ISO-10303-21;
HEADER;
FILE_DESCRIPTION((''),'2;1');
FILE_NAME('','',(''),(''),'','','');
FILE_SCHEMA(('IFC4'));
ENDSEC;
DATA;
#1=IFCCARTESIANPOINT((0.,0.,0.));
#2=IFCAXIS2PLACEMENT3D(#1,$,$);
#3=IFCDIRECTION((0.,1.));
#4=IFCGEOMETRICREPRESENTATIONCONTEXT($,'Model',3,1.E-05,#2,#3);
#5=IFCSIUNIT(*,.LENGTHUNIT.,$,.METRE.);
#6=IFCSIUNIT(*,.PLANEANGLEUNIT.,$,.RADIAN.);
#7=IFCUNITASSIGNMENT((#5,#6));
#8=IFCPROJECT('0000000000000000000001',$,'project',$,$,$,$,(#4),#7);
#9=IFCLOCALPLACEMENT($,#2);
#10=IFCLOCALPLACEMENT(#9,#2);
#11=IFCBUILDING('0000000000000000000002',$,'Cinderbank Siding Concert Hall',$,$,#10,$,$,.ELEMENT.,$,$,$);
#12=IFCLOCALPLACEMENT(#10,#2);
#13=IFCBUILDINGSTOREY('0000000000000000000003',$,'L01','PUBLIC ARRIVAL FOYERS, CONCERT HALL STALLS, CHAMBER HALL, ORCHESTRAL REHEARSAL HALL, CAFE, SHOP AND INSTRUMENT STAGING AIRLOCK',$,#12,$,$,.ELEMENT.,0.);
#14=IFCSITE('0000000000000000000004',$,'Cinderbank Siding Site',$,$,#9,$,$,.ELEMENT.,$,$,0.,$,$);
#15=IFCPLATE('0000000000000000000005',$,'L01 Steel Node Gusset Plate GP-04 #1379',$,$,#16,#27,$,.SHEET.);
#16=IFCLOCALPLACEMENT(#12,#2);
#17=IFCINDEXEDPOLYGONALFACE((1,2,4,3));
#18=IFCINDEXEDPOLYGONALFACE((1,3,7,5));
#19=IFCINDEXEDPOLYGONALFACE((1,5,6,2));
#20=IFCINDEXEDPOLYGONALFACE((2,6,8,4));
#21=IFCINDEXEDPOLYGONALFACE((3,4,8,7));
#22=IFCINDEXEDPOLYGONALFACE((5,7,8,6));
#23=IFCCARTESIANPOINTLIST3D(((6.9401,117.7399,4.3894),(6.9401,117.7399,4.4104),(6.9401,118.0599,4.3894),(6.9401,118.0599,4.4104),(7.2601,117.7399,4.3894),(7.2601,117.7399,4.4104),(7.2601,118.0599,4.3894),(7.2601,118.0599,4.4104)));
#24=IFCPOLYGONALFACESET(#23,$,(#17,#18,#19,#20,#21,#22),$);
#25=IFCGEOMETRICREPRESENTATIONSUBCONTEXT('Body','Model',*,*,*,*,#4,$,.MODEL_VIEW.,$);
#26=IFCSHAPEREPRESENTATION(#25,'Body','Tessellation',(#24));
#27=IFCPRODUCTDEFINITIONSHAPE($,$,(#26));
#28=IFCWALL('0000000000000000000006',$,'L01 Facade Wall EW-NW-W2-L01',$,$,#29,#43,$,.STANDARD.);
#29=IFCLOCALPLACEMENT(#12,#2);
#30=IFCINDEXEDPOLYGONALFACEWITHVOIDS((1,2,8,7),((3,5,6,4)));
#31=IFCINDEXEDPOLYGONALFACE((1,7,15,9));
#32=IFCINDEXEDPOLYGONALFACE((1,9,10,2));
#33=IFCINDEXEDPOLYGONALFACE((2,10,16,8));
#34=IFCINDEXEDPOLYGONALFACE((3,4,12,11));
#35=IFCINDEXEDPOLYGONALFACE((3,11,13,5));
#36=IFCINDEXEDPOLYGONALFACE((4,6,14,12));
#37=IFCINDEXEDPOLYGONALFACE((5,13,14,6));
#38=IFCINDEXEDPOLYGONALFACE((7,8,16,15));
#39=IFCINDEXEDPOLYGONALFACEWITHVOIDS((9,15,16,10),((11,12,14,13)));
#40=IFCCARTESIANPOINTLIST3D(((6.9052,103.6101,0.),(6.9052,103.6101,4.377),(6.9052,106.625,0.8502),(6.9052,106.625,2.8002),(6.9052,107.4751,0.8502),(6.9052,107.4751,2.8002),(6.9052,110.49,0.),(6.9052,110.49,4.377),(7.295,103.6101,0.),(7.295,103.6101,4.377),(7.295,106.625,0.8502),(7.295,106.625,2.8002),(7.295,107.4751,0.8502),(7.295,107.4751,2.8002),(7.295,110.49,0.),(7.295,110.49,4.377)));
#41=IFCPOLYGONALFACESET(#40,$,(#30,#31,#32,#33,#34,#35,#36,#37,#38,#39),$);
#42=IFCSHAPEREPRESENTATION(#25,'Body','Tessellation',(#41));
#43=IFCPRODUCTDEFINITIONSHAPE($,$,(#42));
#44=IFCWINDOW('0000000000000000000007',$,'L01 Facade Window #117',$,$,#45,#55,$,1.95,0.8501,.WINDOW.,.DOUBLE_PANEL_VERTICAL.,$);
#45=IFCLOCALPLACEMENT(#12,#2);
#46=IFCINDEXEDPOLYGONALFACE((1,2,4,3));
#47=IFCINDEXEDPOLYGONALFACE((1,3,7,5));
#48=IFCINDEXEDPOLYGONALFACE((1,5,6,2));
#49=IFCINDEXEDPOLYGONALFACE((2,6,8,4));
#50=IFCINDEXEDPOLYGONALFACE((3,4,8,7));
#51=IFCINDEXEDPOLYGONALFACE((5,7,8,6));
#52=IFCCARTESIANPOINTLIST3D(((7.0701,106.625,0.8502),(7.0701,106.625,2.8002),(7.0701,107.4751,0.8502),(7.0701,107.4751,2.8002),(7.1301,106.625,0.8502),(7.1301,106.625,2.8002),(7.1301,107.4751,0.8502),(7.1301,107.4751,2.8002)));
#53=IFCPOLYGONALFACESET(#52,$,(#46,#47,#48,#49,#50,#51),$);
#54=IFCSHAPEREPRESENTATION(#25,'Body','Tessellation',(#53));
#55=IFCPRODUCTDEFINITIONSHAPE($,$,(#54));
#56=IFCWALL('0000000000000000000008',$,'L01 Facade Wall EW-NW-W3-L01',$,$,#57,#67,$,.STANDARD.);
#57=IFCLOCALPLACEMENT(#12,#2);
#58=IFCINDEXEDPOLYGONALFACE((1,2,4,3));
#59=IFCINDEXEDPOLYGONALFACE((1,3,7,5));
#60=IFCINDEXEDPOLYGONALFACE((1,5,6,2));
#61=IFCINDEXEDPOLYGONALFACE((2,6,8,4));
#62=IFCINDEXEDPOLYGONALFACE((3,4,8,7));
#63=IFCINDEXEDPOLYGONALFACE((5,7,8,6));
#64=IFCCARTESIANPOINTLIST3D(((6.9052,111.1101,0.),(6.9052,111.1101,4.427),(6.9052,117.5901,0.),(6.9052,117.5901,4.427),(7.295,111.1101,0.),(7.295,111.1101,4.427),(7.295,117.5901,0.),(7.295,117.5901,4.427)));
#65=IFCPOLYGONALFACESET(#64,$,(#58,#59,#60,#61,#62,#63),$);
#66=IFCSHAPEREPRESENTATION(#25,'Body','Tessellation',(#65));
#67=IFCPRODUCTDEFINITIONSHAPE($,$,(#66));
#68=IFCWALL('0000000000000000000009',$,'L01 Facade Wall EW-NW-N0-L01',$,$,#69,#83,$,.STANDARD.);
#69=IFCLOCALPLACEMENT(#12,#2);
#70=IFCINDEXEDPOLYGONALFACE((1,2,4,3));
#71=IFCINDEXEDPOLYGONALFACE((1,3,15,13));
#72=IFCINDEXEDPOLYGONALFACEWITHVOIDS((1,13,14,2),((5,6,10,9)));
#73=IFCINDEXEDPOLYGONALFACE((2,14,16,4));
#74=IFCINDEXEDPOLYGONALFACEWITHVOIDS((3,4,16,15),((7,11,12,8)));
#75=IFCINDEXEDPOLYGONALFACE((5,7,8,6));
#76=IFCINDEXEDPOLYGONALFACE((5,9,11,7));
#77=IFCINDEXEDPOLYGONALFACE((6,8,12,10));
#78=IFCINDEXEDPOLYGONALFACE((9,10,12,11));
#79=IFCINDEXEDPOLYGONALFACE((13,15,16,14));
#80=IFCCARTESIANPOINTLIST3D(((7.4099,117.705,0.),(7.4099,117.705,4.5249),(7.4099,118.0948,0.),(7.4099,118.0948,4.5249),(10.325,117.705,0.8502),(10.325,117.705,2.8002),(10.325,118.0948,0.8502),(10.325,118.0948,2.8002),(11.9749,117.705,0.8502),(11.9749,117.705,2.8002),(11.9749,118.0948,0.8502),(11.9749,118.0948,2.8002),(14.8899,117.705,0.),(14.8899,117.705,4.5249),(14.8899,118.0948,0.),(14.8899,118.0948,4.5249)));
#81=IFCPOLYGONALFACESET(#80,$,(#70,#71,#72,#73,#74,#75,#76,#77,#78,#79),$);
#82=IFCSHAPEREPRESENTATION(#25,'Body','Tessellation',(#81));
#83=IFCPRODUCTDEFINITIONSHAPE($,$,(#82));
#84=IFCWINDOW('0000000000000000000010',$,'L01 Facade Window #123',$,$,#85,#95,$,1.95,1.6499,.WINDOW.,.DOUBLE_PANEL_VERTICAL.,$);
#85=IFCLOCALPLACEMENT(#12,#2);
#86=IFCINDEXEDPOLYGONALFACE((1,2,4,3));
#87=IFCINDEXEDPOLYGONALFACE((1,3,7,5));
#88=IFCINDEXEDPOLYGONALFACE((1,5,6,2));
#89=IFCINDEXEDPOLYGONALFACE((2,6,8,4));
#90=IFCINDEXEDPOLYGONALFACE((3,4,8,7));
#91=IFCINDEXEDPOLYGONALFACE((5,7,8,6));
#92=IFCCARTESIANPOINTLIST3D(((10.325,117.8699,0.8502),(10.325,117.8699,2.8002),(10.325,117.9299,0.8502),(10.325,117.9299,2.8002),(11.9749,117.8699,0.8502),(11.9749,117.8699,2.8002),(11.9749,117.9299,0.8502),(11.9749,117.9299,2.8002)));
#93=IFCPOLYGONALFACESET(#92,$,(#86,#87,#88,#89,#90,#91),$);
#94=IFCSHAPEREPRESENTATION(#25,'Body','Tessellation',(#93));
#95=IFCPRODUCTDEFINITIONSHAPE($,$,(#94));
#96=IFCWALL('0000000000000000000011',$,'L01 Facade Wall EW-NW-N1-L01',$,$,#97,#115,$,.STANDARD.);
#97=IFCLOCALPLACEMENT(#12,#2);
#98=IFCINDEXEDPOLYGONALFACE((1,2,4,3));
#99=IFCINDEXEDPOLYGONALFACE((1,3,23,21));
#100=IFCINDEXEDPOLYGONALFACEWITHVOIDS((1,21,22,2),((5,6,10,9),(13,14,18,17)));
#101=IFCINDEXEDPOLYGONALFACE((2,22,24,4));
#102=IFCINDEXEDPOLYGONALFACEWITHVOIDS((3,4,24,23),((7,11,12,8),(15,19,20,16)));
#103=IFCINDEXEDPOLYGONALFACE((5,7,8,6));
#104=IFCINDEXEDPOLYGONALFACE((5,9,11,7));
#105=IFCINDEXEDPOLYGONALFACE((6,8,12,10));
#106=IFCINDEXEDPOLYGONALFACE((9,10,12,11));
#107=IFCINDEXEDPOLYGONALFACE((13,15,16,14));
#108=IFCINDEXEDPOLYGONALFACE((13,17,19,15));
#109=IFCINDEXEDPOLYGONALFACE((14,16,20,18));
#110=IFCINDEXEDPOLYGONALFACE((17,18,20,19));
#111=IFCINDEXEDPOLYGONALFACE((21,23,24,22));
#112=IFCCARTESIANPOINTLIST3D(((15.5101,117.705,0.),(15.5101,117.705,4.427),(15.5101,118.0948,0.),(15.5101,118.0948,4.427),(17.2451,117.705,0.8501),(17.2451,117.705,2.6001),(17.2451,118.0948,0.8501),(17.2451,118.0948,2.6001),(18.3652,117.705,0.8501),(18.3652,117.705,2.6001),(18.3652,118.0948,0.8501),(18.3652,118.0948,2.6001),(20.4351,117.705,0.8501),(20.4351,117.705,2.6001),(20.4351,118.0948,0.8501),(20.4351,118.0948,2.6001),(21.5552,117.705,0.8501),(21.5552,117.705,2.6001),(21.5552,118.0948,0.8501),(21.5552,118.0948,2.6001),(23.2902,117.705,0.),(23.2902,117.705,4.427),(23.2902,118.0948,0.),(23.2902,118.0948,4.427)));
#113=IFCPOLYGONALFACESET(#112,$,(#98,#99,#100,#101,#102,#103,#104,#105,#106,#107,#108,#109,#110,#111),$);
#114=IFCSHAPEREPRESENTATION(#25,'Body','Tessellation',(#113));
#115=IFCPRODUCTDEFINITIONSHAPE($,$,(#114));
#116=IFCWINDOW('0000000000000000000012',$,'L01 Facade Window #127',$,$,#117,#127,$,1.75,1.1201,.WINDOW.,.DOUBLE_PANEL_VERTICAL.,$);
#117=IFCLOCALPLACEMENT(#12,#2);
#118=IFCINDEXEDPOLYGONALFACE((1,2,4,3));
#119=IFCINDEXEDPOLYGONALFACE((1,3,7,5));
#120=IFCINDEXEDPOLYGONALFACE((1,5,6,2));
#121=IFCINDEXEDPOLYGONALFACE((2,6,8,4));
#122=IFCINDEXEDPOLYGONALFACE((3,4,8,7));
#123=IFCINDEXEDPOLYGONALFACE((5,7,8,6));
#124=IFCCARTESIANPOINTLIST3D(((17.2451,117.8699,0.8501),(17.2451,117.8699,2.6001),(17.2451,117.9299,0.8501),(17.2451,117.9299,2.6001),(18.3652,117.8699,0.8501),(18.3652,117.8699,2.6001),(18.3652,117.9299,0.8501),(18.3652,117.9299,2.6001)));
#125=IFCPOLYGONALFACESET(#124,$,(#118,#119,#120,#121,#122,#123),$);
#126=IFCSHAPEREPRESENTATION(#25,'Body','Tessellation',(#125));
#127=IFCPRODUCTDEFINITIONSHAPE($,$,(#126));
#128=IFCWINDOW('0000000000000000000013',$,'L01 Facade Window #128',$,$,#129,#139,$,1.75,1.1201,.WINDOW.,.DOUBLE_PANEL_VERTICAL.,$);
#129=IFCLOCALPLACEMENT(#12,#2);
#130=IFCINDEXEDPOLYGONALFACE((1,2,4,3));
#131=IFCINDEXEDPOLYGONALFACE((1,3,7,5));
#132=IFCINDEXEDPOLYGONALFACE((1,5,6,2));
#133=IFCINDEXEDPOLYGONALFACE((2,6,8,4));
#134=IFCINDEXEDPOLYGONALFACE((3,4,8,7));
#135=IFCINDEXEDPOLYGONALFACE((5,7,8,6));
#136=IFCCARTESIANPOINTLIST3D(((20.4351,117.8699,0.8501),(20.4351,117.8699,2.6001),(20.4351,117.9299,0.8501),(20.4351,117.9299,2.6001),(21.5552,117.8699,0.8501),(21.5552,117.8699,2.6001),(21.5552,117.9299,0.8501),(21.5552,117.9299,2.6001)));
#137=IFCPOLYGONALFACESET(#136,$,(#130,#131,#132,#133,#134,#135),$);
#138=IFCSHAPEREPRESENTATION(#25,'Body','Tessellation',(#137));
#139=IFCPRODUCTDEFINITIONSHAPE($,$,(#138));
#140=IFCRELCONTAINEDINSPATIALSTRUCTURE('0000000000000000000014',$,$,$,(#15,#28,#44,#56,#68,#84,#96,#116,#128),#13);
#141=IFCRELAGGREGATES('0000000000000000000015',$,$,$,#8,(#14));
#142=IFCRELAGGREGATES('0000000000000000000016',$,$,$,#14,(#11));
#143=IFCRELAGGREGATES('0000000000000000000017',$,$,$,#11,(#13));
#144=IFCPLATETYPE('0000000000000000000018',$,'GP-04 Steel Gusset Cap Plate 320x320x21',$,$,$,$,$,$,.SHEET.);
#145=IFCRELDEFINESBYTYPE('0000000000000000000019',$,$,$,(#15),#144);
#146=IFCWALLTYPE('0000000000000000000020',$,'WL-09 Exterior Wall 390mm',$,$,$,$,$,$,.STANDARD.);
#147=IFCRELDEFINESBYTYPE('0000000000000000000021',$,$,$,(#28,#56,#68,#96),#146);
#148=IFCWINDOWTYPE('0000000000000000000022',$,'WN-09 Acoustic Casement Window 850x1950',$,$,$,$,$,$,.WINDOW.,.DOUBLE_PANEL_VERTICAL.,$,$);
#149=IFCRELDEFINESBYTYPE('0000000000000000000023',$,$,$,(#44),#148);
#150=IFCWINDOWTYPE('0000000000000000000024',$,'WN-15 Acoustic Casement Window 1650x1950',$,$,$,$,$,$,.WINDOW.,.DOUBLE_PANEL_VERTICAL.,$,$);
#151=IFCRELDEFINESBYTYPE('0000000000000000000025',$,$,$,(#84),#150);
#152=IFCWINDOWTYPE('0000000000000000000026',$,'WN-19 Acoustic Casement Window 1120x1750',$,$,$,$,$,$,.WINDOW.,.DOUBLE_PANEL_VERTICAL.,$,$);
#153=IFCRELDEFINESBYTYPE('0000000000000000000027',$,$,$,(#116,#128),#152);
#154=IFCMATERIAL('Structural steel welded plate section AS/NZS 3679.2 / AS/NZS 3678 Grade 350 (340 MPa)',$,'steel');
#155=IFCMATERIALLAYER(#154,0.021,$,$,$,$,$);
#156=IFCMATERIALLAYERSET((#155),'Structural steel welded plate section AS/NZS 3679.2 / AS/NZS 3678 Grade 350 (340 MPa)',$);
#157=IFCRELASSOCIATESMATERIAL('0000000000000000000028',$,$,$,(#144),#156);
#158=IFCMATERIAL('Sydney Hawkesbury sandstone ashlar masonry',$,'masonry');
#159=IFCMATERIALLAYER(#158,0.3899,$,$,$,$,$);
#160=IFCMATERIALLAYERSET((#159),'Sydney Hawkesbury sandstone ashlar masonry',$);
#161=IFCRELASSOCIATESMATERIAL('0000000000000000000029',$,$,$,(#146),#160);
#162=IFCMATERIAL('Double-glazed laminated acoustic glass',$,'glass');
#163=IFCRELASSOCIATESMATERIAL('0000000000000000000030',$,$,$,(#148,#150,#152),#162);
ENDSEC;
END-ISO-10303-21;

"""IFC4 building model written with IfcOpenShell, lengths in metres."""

from ifc_helpers import new_model, si_unit, direction, frame, frame_2d, origin, origin_2d, place, context, subcontext, project, spatial, rectangle, extrude, material, layer, layer_set, type_object, element, fill, save


model = new_model("IFC4")

# Units and contexts
model_context = context("Model", 3, precision=1e-05, world=origin(), true_north=direction((0.0, 1.0)))
body_context = subcontext(model_context, "Body", "Model", "MODEL_VIEW")
ifc_project = project(units=[si_unit("LENGTHUNIT", "METRE"), si_unit("PLANEANGLEUNIT", "RADIAN")], contexts=[model_context])

# Site, building, storey
site_placement = place(None, origin())
site = spatial("IfcSite", under=ifc_project, at=site_placement, Name="Cinderbank Siding Site", CompositionType="ELEMENT", RefElevation=0.0)
building_placement = place(site_placement, origin())
building = spatial("IfcBuilding", under=site, at=building_placement, Name="Cinderbank Siding Concert Hall", CompositionType="ELEMENT")
storey_placement = place(building_placement, origin())
storey = spatial("IfcBuildingStorey", under=building, at=storey_placement, Name="L01", Description="PUBLIC ARRIVAL FOYERS, CONCERT HALL STALLS, CHAMBER HALL, ORCHESTRAL REHEARSAL HALL, CAFE, SHOP AND INSTRUMENT STAGING AIRLOCK", CompositionType="ELEMENT", Elevation=0.0)

# Shared definitions
ifc_material_1 = material(Name="Structural steel welded plate section AS/NZS 3679.2 / AS/NZS 3678 Grade 350 (340 MPa)", Category="steel")

# Plate
ifc_layer_1 = layer(ifc_material_1, 0.021)
ifc_layer_set_1 = layer_set([ifc_layer_1], Name="Structural steel welded plate section AS/NZS 3679.2 / AS/NZS 3678 Grade 350 (340 MPa)")
plate_type_1 = type_object("IfcPlateType", Name="GP-04 Steel Gusset Cap Plate 320x320x21", PredefinedType="SHEET", material=ifc_layer_set_1)
plate_1_placement = place(storey_placement, frame((7.1001, 117.8999, 4.3894), z_axis=(0.0, 0.0, 1.0), x_axis=(0.0, 1.0, 0.0)))
element("IfcPlate", 1, at=plate_1_placement, inside=storey, type_object=plate_type_1, Name="L01 Steel Node Gusset Plate GP-04 #1379", PredefinedType="SHEET", context=body_context, shape_type="SweptSolid", body=[
    extrude(rectangle(XDim=0.3201, YDim=0.3201, at=origin_2d()), origin(), (0.0, 0.0, 1.0), 0.021),
])

# Wall, opening, window
ifc_material_2 = material(Name="Sydney Hawkesbury sandstone ashlar masonry", Category="masonry")
ifc_layer_2 = layer(ifc_material_2, 0.3899)
ifc_layer_set_2 = layer_set([ifc_layer_2], Name="Sydney Hawkesbury sandstone ashlar masonry")
wall_type = type_object("IfcWallType", Name="WL-09 Exterior Wall 390mm", PredefinedType="STANDARD", material=ifc_layer_set_2)
wall_1_placement = place(storey_placement, frame((7.1001, 103.6101, 0.0), z_axis=(0.0, 0.0, 1.0), x_axis=(0.0, 1.0, 0.0)))
wall_1 = element("IfcWall", 2, at=wall_1_placement, inside=storey, type_object=wall_type, Name="L01 Facade Wall EW-NW-W2-L01", PredefinedType="STANDARD", context=body_context, shape_type="SweptSolid", body=[
    extrude(rectangle(XDim=6.8799, YDim=0.3899, at=frame_2d((3.4399, 0.0))), origin(), (0.0, 0.0, 1.0), 4.377),
])
opening_1_placement = place(wall_1_placement, frame((3.0149, 0.0, 0.8501)))
opening_1 = element("IfcOpeningElement", 3, at=opening_1_placement, cuts=wall_1, PredefinedType="OPENING", context=body_context, shape_type="SweptSolid", body=[
    extrude(rectangle(XDim=0.8501, YDim=1.95, at=frame_2d((0.425, 0.9751))), frame((0.0, 0.207, 0.0), z_axis=(0.0, -1.0, 0.0), x_axis=(1.0, 0.0, 0.0)), (0.0, 0.0, 1.0), 0.4138),
])
ifc_material_3 = material(Name="Double-glazed laminated acoustic glass", Category="glass")
window_type_1 = type_object("IfcWindowType", Name="WN-09 Acoustic Casement Window 850x1950", PartitioningType="DOUBLE_PANEL_VERTICAL", PredefinedType="WINDOW", material=ifc_material_3)
window_1_placement = place(opening_1_placement, origin())
window_1 = element("IfcWindow", 4, at=window_1_placement, inside=storey, type_object=window_type_1, Name="L01 Facade Window #117", OverallHeight=1.95, OverallWidth=0.8501, PartitioningType="DOUBLE_PANEL_VERTICAL", PredefinedType="WINDOW", context=body_context, shape_type="SweptSolid", body=[
    extrude(rectangle(XDim=0.8501, YDim=1.95, at=frame_2d((0.425, 0.9751))), frame((0.0, 0.03, 0.0), z_axis=(0.0, -1.0, 0.0), x_axis=(1.0, 0.0, 0.0)), (0.0, 0.0, 1.0), 0.0601),
])
fill(opening_1, window_1)

# Wall
wall_2_placement = place(storey_placement, frame((7.1001, 111.1101, 0.0), z_axis=(0.0, 0.0, 1.0), x_axis=(0.0, 1.0, 0.0)))
element("IfcWall", 5, at=wall_2_placement, inside=storey, type_object=wall_type, Name="L01 Facade Wall EW-NW-W3-L01", PredefinedType="STANDARD", context=body_context, shape_type="SweptSolid", body=[
    extrude(rectangle(XDim=6.48, YDim=0.3899, at=frame_2d((3.24, 0.0))), origin(), (0.0, 0.0, 1.0), 4.427),
])

# Wall, opening, window
wall_3_placement = place(storey_placement, frame((7.4099, 117.8999, 0.0), z_axis=(0.0, 0.0, 1.0), x_axis=(1.0, 0.0, 0.0)))
wall_3 = element("IfcWall", 6, at=wall_3_placement, inside=storey, type_object=wall_type, Name="L01 Facade Wall EW-NW-N0-L01", PredefinedType="STANDARD", context=body_context, shape_type="SweptSolid", body=[
    extrude(rectangle(XDim=7.48, YDim=0.3899, at=frame_2d((3.74, 0.0))), origin(), (0.0, 0.0, 1.0), 4.5249),
])
opening_2_placement = place(wall_3_placement, frame((2.915, 0.0, 0.8501)))
opening_2 = element("IfcOpeningElement", 7, at=opening_2_placement, cuts=wall_3, PredefinedType="OPENING", context=body_context, shape_type="SweptSolid", body=[
    extrude(rectangle(XDim=1.6499, YDim=1.95, at=frame_2d((0.825, 0.9751))), frame((0.0, 0.207, 0.0), z_axis=(0.0, -1.0, 0.0), x_axis=(1.0, 0.0, 0.0)), (0.0, 0.0, 1.0), 0.4138),
])
window_type_2 = type_object("IfcWindowType", Name="WN-15 Acoustic Casement Window 1650x1950", PartitioningType="DOUBLE_PANEL_VERTICAL", PredefinedType="WINDOW", material=ifc_material_3)
window_2_placement = place(opening_2_placement, origin())
window_2 = element("IfcWindow", 8, at=window_2_placement, inside=storey, type_object=window_type_2, Name="L01 Facade Window #123", OverallHeight=1.95, OverallWidth=1.6499, PartitioningType="DOUBLE_PANEL_VERTICAL", PredefinedType="WINDOW", context=body_context, shape_type="SweptSolid", body=[
    extrude(rectangle(XDim=1.6499, YDim=1.95, at=frame_2d((0.825, 0.9751))), frame((0.0, 0.03, 0.0), z_axis=(0.0, -1.0, 0.0), x_axis=(1.0, 0.0, 0.0)), (0.0, 0.0, 1.0), 0.0601),
])
fill(opening_2, window_2)

# Wall, openings, windows
wall_4_placement = place(storey_placement, frame((15.51, 117.8999, 0.0), z_axis=(0.0, 0.0, 1.0), x_axis=(1.0, 0.0, 0.0)))
wall_4 = element("IfcWall", 9, at=wall_4_placement, inside=storey, type_object=wall_type, Name="L01 Facade Wall EW-NW-N1-L01", PredefinedType="STANDARD", context=body_context, shape_type="SweptSolid", body=[
    extrude(rectangle(XDim=7.78, YDim=0.3899, at=frame_2d((3.8901, 0.0))), origin(), (0.0, 0.0, 1.0), 4.427),
])
opening_3_placement = place(wall_4_placement, frame((1.7351, 0.0, 0.8501)))
opening_3 = element("IfcOpeningElement", 10, at=opening_3_placement, cuts=wall_4, PredefinedType="OPENING", context=body_context, shape_type="SweptSolid", body=[
    extrude(rectangle(XDim=1.1201, YDim=1.75, at=frame_2d((0.5601, 0.875))), frame((0.0, 0.207, 0.0), z_axis=(0.0, -1.0, 0.0), x_axis=(1.0, 0.0, 0.0)), (0.0, 0.0, 1.0), 0.4138),
])
opening_4_placement = place(wall_4_placement, frame((4.925, 0.0, 0.8501)))
opening_4 = element("IfcOpeningElement", 11, at=opening_4_placement, cuts=wall_4, PredefinedType="OPENING", context=body_context, shape_type="SweptSolid", body=[
    extrude(rectangle(XDim=1.1201, YDim=1.75, at=frame_2d((0.5601, 0.875))), frame((0.0, 0.207, 0.0), z_axis=(0.0, -1.0, 0.0), x_axis=(1.0, 0.0, 0.0)), (0.0, 0.0, 1.0), 0.4138),
])
window_type_3 = type_object("IfcWindowType", Name="WN-19 Acoustic Casement Window 1120x1750", PartitioningType="DOUBLE_PANEL_VERTICAL", PredefinedType="WINDOW", material=ifc_material_3)
window_3_placement = place(opening_3_placement, origin())
window_3 = element("IfcWindow", 12, at=window_3_placement, inside=storey, type_object=window_type_3, Name="L01 Facade Window #127", OverallHeight=1.75, OverallWidth=1.1201, PartitioningType="DOUBLE_PANEL_VERTICAL", PredefinedType="WINDOW", context=body_context, shape_type="SweptSolid", body=[
    extrude(rectangle(XDim=1.1201, YDim=1.75, at=frame_2d((0.5601, 0.875))), frame((0.0, 0.03, 0.0), z_axis=(0.0, -1.0, 0.0), x_axis=(1.0, 0.0, 0.0)), (0.0, 0.0, 1.0), 0.0601),
])
fill(opening_3, window_3)
window_4_placement = place(opening_4_placement, origin())
window_4 = element("IfcWindow", 13, at=window_4_placement, inside=storey, type_object=window_type_3, Name="L01 Facade Window #128", OverallHeight=1.75, OverallWidth=1.1201, PartitioningType="DOUBLE_PANEL_VERTICAL", PredefinedType="WINDOW", context=body_context, shape_type="SweptSolid", body=[
    extrude(rectangle(XDim=1.1201, YDim=1.75, at=frame_2d((0.5601, 0.875))), frame((0.0, 0.03, 0.0), z_axis=(0.0, -1.0, 0.0), x_axis=(1.0, 0.0, 0.0)), (0.0, 0.0, 1.0), 0.0601),
])
fill(opening_4, window_4)

save(model, "model.ifc")
